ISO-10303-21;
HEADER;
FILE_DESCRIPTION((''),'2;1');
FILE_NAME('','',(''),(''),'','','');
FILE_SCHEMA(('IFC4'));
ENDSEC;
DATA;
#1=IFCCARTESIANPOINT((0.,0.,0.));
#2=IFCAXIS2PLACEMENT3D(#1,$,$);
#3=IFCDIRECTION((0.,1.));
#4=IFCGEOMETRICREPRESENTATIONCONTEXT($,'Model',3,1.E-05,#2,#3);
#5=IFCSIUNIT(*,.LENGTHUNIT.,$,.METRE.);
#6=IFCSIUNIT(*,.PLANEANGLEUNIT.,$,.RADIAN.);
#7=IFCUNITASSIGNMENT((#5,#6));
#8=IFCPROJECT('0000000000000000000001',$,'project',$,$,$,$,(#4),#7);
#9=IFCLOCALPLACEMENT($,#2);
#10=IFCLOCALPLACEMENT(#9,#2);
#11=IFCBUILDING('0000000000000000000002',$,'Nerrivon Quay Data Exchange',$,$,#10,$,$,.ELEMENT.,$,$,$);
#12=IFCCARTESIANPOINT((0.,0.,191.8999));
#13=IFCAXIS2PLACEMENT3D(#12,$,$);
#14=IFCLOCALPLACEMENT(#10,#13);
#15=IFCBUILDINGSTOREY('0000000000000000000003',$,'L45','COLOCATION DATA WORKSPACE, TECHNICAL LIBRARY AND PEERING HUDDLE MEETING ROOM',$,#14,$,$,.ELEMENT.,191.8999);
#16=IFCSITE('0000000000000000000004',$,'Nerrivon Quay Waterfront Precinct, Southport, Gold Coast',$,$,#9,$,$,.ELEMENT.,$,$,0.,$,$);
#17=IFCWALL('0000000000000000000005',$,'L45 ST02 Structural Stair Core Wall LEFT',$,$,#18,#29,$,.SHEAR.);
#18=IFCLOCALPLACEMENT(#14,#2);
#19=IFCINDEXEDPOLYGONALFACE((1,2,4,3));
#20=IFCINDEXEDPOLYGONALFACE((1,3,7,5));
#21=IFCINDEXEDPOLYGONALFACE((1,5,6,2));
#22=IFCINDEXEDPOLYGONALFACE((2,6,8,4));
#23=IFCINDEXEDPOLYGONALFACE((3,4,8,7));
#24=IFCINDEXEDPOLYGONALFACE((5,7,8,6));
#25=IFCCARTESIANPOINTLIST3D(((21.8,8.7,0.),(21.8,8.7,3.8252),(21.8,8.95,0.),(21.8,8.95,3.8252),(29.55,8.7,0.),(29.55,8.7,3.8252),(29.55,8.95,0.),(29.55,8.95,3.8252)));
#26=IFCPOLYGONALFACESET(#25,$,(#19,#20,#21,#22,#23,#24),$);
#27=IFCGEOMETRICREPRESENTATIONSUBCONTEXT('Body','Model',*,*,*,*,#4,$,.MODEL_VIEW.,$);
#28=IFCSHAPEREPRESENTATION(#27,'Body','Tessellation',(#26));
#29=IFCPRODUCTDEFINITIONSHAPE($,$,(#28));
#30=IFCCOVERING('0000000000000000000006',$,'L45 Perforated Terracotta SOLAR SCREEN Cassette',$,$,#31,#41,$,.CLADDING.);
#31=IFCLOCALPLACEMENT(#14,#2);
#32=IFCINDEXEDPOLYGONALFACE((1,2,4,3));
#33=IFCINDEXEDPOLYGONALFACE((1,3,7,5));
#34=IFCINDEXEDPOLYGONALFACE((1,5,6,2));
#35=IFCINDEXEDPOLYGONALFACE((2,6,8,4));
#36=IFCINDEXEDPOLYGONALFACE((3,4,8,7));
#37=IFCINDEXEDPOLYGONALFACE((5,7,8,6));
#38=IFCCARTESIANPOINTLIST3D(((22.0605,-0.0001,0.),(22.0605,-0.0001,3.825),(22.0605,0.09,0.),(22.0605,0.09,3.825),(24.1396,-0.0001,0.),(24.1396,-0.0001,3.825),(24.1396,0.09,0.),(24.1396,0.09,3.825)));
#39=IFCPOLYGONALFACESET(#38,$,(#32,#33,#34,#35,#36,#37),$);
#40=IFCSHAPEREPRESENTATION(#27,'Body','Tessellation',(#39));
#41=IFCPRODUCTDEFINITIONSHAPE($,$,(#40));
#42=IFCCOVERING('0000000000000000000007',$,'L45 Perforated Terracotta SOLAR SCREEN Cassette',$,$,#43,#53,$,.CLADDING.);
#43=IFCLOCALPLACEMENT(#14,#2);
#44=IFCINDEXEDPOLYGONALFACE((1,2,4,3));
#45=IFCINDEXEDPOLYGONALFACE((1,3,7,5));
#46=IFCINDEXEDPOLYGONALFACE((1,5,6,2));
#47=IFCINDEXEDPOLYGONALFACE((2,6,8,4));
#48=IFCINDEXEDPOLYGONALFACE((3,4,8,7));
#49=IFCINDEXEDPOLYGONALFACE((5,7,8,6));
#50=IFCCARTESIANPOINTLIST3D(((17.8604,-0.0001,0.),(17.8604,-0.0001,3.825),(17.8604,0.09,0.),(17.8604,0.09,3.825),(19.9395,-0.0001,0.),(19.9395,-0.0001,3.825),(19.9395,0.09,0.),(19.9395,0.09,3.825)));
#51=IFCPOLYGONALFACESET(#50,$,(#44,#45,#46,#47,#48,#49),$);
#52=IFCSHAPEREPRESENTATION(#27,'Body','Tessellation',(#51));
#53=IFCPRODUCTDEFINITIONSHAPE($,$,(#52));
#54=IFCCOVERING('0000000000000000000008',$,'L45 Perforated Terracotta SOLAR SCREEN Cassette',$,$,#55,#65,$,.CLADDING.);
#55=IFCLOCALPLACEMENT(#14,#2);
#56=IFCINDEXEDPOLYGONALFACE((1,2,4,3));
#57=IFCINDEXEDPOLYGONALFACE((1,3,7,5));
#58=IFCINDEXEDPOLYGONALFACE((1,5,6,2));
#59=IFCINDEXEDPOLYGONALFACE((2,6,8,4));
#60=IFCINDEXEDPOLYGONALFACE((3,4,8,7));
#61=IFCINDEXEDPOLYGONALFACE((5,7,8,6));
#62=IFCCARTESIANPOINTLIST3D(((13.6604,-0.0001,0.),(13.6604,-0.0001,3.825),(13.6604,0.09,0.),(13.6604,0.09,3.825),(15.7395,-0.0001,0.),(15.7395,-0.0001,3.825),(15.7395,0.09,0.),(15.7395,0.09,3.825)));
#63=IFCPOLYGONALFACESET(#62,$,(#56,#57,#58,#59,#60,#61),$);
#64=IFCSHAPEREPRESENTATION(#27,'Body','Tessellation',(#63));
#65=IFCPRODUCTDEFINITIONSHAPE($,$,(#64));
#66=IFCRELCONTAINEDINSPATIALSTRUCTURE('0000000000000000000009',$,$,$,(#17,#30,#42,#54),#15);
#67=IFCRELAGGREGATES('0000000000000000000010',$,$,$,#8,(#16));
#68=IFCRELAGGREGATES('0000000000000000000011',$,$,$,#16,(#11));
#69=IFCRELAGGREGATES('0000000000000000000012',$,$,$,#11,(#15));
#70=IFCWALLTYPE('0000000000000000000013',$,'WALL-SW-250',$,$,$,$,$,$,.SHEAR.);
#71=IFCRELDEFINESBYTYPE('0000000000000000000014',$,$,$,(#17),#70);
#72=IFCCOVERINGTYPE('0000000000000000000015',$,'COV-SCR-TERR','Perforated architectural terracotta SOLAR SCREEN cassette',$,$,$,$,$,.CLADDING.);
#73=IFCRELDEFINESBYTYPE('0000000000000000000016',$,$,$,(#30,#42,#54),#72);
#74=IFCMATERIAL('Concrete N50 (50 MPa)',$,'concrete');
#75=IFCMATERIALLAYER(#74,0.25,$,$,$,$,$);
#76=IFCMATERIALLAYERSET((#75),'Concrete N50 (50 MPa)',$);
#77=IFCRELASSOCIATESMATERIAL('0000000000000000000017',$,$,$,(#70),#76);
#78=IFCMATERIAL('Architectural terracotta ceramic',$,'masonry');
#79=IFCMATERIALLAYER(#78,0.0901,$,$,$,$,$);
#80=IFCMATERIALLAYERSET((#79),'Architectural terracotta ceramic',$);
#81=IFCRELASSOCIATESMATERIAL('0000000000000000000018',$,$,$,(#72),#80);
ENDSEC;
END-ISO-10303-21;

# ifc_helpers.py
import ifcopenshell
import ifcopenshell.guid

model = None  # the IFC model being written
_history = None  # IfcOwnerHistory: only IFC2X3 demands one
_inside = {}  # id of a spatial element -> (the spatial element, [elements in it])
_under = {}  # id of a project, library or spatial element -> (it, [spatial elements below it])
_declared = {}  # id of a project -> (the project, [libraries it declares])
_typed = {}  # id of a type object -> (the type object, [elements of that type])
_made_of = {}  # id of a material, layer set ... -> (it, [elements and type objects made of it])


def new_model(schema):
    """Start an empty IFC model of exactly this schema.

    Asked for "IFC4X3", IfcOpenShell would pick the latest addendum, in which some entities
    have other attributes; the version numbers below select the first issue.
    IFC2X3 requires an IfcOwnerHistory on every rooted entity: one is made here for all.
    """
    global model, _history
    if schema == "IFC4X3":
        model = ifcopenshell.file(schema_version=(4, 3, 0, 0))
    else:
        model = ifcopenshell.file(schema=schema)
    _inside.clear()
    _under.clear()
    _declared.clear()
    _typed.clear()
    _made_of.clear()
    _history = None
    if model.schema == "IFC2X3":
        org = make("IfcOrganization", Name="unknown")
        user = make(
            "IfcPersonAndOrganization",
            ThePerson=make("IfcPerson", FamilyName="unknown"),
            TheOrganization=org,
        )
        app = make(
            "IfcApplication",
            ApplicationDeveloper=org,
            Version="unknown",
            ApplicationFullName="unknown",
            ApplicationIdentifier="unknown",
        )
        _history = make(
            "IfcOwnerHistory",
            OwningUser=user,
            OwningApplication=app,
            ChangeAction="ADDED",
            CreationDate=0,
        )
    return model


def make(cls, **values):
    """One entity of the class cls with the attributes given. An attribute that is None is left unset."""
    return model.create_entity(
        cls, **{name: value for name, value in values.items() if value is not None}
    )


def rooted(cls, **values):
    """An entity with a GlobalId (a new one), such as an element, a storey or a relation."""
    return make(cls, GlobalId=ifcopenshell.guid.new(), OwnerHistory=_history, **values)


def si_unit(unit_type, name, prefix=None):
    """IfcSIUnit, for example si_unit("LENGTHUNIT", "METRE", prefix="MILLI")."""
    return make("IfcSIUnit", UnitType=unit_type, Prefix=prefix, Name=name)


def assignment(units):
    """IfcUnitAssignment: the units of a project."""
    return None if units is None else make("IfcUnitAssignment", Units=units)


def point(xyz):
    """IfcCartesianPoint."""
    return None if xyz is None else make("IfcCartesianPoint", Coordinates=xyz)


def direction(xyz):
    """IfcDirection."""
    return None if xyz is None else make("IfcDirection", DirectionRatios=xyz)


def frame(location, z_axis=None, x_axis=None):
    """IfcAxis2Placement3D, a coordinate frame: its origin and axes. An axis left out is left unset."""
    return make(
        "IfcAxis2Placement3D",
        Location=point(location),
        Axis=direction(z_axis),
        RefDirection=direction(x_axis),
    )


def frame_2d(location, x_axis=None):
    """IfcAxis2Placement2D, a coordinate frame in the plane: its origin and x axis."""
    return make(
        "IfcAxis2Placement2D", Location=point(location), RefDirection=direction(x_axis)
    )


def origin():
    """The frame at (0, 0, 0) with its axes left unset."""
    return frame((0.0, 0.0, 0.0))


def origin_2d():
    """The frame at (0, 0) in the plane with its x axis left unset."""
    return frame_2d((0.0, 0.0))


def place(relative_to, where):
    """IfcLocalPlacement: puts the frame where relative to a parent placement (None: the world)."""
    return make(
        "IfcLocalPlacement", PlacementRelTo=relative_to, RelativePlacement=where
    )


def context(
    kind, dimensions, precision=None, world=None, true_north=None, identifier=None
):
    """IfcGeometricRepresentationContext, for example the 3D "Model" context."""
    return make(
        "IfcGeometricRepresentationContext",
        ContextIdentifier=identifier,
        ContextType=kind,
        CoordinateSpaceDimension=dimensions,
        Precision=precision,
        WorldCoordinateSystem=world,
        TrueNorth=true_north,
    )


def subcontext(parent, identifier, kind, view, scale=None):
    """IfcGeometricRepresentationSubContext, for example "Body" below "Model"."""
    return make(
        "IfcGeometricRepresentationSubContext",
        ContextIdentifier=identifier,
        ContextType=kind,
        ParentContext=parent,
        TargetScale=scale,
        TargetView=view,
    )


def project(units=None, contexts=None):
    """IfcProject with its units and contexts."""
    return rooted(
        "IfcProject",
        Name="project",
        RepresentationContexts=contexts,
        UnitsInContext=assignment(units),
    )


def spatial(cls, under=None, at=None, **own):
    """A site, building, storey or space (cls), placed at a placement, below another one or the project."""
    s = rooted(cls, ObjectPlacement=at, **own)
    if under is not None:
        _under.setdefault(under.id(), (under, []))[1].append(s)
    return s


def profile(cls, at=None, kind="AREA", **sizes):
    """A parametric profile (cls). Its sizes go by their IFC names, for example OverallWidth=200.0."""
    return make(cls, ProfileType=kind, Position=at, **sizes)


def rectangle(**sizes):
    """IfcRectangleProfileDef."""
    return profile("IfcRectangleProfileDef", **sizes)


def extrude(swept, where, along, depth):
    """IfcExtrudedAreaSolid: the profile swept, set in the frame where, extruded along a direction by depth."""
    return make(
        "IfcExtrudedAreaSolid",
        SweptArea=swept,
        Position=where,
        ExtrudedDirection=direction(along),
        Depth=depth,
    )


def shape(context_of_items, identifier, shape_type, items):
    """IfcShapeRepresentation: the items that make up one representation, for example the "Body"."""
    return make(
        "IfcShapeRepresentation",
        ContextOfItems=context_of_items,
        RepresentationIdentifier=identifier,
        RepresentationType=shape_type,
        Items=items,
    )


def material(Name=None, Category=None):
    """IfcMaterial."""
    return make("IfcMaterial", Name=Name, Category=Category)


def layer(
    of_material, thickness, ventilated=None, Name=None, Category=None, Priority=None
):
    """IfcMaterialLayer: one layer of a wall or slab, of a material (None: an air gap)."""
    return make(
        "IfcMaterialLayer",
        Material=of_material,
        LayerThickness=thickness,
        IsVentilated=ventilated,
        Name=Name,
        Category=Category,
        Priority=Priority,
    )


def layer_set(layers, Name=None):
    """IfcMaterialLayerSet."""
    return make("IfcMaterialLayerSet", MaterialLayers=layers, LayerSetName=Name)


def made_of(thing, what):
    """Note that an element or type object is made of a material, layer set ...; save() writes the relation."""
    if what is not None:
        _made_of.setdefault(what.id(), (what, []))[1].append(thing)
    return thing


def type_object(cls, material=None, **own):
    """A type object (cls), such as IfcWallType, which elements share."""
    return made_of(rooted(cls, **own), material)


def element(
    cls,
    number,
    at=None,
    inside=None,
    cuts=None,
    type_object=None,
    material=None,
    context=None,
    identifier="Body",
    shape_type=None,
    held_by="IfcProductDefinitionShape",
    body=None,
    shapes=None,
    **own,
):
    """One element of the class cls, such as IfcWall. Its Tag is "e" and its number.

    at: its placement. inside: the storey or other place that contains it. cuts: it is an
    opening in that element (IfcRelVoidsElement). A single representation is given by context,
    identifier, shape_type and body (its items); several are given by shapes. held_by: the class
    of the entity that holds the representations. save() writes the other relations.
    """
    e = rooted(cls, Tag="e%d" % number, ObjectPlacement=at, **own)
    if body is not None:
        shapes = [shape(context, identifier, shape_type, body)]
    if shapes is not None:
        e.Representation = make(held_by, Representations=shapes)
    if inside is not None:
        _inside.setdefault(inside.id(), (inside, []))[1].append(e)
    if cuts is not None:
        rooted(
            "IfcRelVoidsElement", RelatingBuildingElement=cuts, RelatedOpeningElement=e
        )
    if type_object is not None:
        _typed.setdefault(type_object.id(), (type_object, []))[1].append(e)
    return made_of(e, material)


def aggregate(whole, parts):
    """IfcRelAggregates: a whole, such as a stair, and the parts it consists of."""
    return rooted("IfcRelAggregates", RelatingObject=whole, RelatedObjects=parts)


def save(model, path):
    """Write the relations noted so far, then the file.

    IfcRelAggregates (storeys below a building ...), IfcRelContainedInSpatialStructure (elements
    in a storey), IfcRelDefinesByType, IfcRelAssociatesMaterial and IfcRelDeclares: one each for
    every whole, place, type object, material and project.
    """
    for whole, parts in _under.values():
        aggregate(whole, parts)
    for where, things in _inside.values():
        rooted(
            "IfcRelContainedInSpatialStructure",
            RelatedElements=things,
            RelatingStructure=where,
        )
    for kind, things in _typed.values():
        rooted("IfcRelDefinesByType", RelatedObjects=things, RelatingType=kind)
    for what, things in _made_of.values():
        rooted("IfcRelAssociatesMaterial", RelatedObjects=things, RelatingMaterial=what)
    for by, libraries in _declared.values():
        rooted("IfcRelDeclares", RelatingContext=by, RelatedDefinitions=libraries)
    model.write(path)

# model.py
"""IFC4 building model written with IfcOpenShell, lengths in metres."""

from ifc_helpers import new_model, si_unit, direction, frame, frame_2d, origin, origin_2d, place, context, subcontext, project, spatial, rectangle, extrude, material, layer, layer_set, type_object, element, save


model = new_model("IFC4")

# Units and contexts
model_context = context("Model", 3, precision=1e-05, world=origin(), true_north=direction((0.0, 1.0)))
body_context = subcontext(model_context, "Body", "Model", "MODEL_VIEW")
ifc_project = project(units=[si_unit("LENGTHUNIT", "METRE"), si_unit("PLANEANGLEUNIT", "RADIAN")], contexts=[model_context])

# Site, building, storey
site_placement = place(None, origin())
site = spatial("IfcSite", under=ifc_project, at=site_placement, Name="Nerrivon Quay Waterfront Precinct, Southport, Gold Coast", CompositionType="ELEMENT", RefElevation=0.0)
building_placement = place(site_placement, origin())
building = spatial("IfcBuilding", under=site, at=building_placement, Name="Nerrivon Quay Data Exchange", CompositionType="ELEMENT")
storey_placement = place(building_placement, frame((0.0, 0.0, 191.8999)))
storey = spatial("IfcBuildingStorey", under=building, at=storey_placement, Name="L45", Description="COLOCATION DATA WORKSPACE, TECHNICAL LIBRARY AND PEERING HUDDLE MEETING ROOM", CompositionType="ELEMENT", Elevation=191.8999)

# Shared definitions
ifc_material_1 = material(Name="Concrete N50 (50 MPa)", Category="concrete")

# Wall
ifc_layer_1 = layer(ifc_material_1, 0.25)
ifc_layer_set_1 = layer_set([ifc_layer_1], Name="Concrete N50 (50 MPa)")
wall_type_1 = type_object("IfcWallType", Name="WALL-SW-250", PredefinedType="SHEAR", material=ifc_layer_set_1)
wall_1_placement = place(storey_placement, frame((21.8, 8.825, 0.0), z_axis=(0.0, 0.0, 1.0), x_axis=(1.0, 0.0, 0.0)))
element("IfcWall", 1, at=wall_1_placement, inside=storey, type_object=wall_type_1, Name="L45 ST02 Structural Stair Core Wall LEFT", PredefinedType="SHEAR", context=body_context, shape_type="SweptSolid", body=[
    extrude(rectangle(XDim=7.75, YDim=0.25, at=frame_2d((3.875, 0.0))), origin(), (0.0, 0.0, 1.0), 3.8252),
])

# Coverings
ifc_material_2 = material(Name="Architectural terracotta ceramic", Category="masonry")
ifc_layer_2 = layer(ifc_material_2, 0.0901)
ifc_layer_set_2 = layer_set([ifc_layer_2], Name="Architectural terracotta ceramic")
covering_type = type_object("IfcCoveringType", Name="COV-SCR-TERR", Description="Perforated architectural terracotta SOLAR SCREEN cassette", PredefinedType="CLADDING", material=ifc_layer_set_2)
for number, where, z_axis, x_axis, name in (
    (2, (23.1001, 0.0449, 0.0), (0.0, 0.0, 1.0), (-1.0, 0.0, 0.0), "L45 Perforated Terracotta SOLAR SCREEN Cassette"),
    (3, (18.8999, 0.0449, 0.0), (0.0, 0.0, 1.0), (-1.0, 0.0, 0.0), "L45 Perforated Terracotta SOLAR SCREEN Cassette"),
    (4, (14.7, 0.0449, 0.0), (0.0, 0.0, 1.0), (-1.0, 0.0, 0.0), "L45 Perforated Terracotta SOLAR SCREEN Cassette"),
):
    element("IfcCovering", number, at=place(storey_placement, frame(where, z_axis=z_axis, x_axis=x_axis)), inside=storey, type_object=covering_type, Name=name, PredefinedType="CLADDING", context=body_context, shape_type="SweptSolid", body=[
        extrude(rectangle(XDim=2.0791, YDim=0.0901, at=origin_2d()), origin(), (0.0, 0.0, 1.0), 3.825),
    ])

save(model, "model.ifc")
